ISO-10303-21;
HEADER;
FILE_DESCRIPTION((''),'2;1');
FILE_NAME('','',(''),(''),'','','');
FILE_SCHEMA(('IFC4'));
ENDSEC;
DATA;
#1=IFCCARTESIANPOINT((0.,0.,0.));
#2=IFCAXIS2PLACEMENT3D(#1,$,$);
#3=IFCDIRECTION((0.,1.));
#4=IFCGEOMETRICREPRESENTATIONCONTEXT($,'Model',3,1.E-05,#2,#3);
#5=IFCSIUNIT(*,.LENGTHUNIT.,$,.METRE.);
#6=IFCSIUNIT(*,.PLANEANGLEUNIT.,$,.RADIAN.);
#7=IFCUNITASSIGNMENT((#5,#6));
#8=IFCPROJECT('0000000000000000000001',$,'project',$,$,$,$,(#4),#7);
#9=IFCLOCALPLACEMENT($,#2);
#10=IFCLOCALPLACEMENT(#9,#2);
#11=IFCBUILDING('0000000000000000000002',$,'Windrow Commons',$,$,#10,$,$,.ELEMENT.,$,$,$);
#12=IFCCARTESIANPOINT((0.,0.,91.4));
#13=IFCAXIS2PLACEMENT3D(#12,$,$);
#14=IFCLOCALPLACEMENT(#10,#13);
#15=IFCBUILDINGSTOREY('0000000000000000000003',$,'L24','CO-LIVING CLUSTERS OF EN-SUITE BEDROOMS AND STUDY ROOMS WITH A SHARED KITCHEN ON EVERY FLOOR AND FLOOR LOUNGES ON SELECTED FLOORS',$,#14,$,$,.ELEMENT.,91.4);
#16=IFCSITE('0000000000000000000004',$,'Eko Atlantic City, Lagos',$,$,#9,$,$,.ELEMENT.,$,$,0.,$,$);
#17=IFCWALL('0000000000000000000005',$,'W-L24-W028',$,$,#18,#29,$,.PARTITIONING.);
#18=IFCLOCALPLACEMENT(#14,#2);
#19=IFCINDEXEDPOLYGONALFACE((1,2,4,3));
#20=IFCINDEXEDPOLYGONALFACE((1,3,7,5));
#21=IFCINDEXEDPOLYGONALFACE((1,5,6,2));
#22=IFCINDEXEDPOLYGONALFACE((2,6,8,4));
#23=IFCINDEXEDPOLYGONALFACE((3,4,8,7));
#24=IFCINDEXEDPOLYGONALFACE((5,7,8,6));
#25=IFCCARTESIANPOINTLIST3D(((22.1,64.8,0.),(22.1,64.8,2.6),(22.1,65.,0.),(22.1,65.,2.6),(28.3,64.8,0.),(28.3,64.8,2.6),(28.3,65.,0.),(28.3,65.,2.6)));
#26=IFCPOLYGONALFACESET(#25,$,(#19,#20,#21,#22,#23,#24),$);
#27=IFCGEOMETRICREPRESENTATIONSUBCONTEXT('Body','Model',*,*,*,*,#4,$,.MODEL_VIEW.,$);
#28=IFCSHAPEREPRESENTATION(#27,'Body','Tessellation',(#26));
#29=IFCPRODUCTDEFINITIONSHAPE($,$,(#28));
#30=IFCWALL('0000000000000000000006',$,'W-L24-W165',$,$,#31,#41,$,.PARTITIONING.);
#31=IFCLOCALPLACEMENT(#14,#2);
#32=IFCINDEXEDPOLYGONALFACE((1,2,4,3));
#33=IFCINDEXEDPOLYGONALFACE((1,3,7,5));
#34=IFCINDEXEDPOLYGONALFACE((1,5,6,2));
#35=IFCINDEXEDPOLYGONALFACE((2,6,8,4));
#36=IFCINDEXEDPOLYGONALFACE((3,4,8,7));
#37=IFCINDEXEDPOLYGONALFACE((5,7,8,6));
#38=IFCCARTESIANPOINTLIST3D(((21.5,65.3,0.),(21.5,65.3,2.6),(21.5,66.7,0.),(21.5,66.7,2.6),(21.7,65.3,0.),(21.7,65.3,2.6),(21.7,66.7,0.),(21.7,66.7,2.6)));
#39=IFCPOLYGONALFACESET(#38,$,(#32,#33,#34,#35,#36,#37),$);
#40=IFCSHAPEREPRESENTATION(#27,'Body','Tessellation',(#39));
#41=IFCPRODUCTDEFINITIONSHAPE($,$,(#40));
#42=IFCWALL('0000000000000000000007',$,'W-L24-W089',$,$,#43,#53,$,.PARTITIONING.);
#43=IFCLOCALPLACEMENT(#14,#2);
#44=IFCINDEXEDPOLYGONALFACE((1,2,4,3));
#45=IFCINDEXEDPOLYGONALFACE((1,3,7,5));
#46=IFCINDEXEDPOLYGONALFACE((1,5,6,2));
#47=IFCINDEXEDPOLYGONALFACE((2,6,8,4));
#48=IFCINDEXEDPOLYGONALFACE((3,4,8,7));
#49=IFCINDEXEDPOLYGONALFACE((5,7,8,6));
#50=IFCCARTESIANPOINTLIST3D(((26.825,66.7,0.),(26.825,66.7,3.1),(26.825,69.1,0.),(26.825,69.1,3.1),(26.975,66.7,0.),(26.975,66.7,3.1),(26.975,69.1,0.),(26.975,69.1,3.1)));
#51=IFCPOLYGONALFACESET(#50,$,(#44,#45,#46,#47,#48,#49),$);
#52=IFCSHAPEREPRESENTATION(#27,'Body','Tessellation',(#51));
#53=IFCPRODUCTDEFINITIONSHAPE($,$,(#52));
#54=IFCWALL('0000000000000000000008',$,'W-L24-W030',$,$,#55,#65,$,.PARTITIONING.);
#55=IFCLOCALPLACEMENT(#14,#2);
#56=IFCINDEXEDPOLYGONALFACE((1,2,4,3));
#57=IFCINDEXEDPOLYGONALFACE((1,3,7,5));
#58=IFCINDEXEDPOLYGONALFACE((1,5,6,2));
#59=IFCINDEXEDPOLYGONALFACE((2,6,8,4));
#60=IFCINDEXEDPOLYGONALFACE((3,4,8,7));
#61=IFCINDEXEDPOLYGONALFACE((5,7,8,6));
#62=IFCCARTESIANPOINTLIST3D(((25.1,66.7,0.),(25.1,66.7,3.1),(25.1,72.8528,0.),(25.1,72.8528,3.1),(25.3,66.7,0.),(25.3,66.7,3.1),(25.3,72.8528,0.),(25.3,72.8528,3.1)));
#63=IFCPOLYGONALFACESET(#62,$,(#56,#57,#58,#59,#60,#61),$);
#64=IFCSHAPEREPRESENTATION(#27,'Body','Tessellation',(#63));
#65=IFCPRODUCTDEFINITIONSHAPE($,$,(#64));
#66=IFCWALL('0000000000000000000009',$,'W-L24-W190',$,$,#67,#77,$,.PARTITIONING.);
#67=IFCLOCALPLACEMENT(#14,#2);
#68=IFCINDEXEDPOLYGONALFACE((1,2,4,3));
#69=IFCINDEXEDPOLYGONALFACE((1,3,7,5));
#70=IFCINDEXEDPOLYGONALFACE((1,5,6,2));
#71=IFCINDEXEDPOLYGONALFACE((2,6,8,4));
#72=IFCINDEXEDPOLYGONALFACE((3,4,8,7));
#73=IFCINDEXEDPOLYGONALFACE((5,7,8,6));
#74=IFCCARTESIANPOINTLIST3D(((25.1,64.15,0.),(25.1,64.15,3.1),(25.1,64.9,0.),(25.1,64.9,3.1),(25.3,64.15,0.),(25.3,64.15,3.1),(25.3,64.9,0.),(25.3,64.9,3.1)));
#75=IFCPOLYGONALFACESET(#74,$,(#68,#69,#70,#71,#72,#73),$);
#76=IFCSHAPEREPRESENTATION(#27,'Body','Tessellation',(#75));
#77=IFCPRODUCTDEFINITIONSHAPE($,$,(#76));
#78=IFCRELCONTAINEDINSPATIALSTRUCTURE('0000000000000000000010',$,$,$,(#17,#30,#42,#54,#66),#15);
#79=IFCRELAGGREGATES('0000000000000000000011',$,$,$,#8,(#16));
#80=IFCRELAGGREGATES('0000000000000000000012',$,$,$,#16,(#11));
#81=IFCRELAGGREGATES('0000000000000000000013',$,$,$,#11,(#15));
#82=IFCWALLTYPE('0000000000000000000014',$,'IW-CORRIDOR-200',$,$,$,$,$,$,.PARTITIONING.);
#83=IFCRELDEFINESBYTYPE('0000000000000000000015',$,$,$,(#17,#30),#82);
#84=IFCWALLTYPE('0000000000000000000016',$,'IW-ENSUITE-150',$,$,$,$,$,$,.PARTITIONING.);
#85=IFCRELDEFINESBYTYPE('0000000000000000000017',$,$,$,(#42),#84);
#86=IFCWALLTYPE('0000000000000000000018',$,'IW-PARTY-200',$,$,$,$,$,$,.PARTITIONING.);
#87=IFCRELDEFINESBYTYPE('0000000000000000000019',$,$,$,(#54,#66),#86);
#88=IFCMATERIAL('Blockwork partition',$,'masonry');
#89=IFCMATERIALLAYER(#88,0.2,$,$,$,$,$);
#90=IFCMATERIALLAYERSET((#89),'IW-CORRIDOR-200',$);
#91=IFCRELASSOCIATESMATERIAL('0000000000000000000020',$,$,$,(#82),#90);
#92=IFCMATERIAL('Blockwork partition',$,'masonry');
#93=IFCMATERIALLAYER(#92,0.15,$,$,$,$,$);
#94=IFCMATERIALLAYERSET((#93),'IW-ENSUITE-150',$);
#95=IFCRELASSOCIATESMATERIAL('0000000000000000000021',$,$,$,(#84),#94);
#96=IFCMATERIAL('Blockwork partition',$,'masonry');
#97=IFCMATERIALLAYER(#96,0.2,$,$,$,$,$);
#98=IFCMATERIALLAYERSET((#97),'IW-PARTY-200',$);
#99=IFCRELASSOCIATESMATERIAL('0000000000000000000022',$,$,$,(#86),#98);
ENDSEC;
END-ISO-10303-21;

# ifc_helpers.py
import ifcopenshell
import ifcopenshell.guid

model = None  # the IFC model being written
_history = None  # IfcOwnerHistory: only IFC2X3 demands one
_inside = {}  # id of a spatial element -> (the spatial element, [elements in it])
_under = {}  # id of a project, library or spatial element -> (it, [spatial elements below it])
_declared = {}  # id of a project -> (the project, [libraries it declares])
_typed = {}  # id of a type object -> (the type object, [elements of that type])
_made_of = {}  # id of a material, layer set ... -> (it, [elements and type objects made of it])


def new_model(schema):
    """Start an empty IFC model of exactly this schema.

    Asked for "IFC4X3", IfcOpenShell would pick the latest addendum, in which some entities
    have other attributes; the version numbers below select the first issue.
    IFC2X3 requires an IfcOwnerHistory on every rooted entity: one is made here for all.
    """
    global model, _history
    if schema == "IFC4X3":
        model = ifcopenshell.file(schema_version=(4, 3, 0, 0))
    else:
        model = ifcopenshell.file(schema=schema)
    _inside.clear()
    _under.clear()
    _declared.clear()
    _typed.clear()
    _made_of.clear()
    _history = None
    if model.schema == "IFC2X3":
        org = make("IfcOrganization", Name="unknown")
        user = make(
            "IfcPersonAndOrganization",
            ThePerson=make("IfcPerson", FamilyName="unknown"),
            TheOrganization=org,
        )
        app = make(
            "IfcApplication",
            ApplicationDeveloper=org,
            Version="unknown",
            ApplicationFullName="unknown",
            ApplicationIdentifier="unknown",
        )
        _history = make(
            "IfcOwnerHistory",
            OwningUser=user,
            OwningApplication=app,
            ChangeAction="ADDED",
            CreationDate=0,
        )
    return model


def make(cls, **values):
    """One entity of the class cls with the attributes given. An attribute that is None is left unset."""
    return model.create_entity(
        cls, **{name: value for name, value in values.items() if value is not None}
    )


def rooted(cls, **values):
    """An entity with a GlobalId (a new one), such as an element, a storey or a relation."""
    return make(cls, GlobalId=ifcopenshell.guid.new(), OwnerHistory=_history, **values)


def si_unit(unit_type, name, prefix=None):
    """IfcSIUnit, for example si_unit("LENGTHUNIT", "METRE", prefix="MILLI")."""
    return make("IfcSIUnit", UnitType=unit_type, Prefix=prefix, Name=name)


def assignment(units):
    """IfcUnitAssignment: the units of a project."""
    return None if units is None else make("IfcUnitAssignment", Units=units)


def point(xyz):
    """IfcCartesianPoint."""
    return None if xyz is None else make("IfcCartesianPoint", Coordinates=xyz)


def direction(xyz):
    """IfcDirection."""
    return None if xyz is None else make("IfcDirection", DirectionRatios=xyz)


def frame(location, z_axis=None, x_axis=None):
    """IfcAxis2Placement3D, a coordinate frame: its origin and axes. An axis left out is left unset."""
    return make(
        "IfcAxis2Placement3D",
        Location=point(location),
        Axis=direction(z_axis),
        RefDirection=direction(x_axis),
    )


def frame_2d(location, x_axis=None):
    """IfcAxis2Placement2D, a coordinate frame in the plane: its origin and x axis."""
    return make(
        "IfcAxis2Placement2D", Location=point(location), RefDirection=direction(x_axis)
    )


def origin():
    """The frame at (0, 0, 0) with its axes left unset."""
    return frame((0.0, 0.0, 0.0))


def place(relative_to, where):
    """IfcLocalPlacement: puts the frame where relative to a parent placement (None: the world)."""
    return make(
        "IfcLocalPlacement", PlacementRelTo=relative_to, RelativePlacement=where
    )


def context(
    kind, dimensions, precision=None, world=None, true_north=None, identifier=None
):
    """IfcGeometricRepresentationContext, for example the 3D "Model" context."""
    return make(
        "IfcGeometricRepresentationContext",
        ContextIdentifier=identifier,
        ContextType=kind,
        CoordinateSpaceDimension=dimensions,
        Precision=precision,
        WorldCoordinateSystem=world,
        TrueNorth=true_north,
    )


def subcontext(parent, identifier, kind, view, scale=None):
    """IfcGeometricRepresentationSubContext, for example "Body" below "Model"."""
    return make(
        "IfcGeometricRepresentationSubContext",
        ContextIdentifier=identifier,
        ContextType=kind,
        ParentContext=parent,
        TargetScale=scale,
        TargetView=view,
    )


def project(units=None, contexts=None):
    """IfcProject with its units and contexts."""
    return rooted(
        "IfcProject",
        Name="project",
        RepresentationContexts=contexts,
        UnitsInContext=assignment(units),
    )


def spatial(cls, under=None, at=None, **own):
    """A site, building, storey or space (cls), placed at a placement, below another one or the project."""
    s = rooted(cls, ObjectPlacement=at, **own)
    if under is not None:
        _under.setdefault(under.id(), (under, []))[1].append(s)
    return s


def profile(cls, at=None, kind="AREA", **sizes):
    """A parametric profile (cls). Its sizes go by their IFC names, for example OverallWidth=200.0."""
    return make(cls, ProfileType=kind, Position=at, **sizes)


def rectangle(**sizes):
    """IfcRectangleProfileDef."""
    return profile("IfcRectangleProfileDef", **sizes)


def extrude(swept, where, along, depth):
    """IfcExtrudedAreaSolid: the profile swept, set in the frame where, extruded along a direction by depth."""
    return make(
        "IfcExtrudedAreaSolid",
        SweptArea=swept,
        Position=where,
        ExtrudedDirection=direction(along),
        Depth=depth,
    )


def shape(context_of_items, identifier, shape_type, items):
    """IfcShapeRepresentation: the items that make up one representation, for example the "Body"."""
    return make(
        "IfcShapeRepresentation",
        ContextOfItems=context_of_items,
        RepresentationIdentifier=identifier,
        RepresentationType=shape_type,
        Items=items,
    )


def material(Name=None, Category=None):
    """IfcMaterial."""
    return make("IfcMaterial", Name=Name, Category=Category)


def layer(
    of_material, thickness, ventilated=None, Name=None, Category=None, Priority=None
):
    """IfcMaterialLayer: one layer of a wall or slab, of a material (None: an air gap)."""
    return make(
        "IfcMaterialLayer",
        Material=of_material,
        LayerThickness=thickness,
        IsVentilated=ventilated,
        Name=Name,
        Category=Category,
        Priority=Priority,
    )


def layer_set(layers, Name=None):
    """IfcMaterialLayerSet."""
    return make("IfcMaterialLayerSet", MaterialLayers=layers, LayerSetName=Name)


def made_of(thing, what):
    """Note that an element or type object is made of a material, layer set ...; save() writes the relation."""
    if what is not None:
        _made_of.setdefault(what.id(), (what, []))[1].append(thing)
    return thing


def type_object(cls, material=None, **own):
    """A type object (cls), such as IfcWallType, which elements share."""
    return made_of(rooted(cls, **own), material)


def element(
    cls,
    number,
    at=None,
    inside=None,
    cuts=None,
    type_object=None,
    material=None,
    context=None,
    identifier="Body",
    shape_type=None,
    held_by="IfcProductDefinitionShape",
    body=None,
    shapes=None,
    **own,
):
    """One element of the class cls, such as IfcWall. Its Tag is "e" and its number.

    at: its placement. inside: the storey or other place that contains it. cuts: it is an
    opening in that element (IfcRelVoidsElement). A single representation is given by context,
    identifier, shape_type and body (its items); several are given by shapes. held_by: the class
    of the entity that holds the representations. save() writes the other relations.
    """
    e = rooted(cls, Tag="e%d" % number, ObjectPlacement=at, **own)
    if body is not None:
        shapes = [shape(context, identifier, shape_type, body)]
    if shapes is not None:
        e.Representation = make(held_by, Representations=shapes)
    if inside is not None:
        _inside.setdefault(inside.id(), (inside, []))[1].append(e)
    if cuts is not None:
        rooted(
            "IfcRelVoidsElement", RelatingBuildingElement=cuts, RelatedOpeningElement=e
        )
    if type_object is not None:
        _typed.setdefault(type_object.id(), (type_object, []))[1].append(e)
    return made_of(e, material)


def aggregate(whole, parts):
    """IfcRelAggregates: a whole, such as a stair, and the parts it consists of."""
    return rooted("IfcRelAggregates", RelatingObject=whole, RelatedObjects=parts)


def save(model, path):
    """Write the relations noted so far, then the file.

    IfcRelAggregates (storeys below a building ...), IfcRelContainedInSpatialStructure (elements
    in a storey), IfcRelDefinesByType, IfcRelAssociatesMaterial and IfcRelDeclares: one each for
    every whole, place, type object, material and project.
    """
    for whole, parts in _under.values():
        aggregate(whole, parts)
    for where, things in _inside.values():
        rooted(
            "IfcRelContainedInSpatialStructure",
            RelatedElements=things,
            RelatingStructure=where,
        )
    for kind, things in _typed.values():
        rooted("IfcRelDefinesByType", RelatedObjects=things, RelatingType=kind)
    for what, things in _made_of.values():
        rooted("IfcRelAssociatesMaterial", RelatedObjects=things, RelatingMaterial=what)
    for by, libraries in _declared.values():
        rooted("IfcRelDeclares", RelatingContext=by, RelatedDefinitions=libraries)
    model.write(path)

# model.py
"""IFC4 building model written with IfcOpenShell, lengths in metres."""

from ifc_helpers import new_model, si_unit, direction, frame, frame_2d, origin, place, context, subcontext, project, spatial, rectangle, extrude, material, layer, layer_set, type_object, element, save


model = new_model("IFC4")

# Units and contexts
model_context = context("Model", 3, precision=1e-05, world=origin(), true_north=direction((0.0, 1.0)))
body_context = subcontext(model_context, "Body", "Model", "MODEL_VIEW")
ifc_project = project(units=[si_unit("LENGTHUNIT", "METRE"), si_unit("PLANEANGLEUNIT", "RADIAN")], contexts=[model_context])

# Site, building, storey
site_placement = place(None, origin())
site = spatial("IfcSite", under=ifc_project, at=site_placement, Name="Eko Atlantic City, Lagos", CompositionType="ELEMENT", RefElevation=0.0)
building_placement = place(site_placement, origin())
building = spatial("IfcBuilding", under=site, at=building_placement, Name="Windrow Commons", CompositionType="ELEMENT")
storey_placement = place(building_placement, frame((0.0, 0.0, 91.4)))
storey = spatial("IfcBuildingStorey", under=building, at=storey_placement, Name="L24", Description="CO-LIVING CLUSTERS OF EN-SUITE BEDROOMS AND STUDY ROOMS WITH A SHARED KITCHEN ON EVERY FLOOR AND FLOOR LOUNGES ON SELECTED FLOORS", CompositionType="ELEMENT", Elevation=91.4)

# Shared definitions
ifc_material_1 = material(Name="Blockwork partition", Category="masonry")
ifc_layer_1 = layer(ifc_material_1, 0.2)
ifc_layer_set_1 = layer_set([ifc_layer_1], Name="IW-CORRIDOR-200")
wall_type_1 = type_object("IfcWallType", Name="IW-CORRIDOR-200", PredefinedType="PARTITIONING", material=ifc_layer_set_1)

# Walls
wall_1_placement = place(storey_placement, frame((22.1, 64.9, 0.0), z_axis=(0.0, 0.0, 1.0), x_axis=(1.0, 0.0, 0.0)))
element("IfcWall", 1, at=wall_1_placement, inside=storey, type_object=wall_type_1, Name="W-L24-W028", PredefinedType="PARTITIONING", context=body_context, shape_type="SweptSolid", body=[
    extrude(rectangle(XDim=6.2, YDim=0.2, at=frame_2d((3.1, 0.0))), origin(), (0.0, 0.0, 1.0), 2.6),
])
wall_2_placement = place(storey_placement, frame((21.6, 65.3, 0.0), z_axis=(0.0, 0.0, 1.0), x_axis=(0.0, 1.0, 0.0)))
element("IfcWall", 2, at=wall_2_placement, inside=storey, type_object=wall_type_1, Name="W-L24-W165", PredefinedType="PARTITIONING", context=body_context, shape_type="SweptSolid", body=[
    extrude(rectangle(XDim=1.4, YDim=0.2, at=frame_2d((0.7, 0.0))), origin(), (0.0, 0.0, 1.0), 2.6),
])
ifc_material_2 = material(Name="Blockwork partition", Category="masonry")
ifc_layer_2 = layer(ifc_material_2, 0.15)
ifc_layer_set_2 = layer_set([ifc_layer_2], Name="IW-ENSUITE-150")
wall_type_2 = type_object("IfcWallType", Name="IW-ENSUITE-150", PredefinedType="PARTITIONING", material=ifc_layer_set_2)
wall_3_placement = place(storey_placement, frame((26.9, 66.7, 0.0), z_axis=(0.0, 0.0, 1.0), x_axis=(0.0, 1.0, 0.0)))
element("IfcWall", 3, at=wall_3_placement, inside=storey, type_object=wall_type_2, Name="W-L24-W089", PredefinedType="PARTITIONING", context=body_context, shape_type="SweptSolid", body=[
    extrude(rectangle(XDim=2.4, YDim=0.15, at=frame_2d((1.2, 0.0))), origin(), (0.0, 0.0, 1.0), 3.1),
])
ifc_material_3 = material(Name="Blockwork partition", Category="masonry")
ifc_layer_3 = layer(ifc_material_3, 0.2)
ifc_layer_set_3 = layer_set([ifc_layer_3], Name="IW-PARTY-200")
wall_type_3 = type_object("IfcWallType", Name="IW-PARTY-200", PredefinedType="PARTITIONING", material=ifc_layer_set_3)
wall_4_placement = place(storey_placement, frame((25.2, 66.7, 0.0), z_axis=(0.0, 0.0, 1.0), x_axis=(0.0, 1.0, 0.0)))
element("IfcWall", 4, at=wall_4_placement, inside=storey, type_object=wall_type_3, Name="W-L24-W030", PredefinedType="PARTITIONING", context=body_context, shape_type="SweptSolid", body=[
    extrude(rectangle(XDim=6.1529, YDim=0.2, at=frame_2d((3.0764, 0.0))), origin(), (0.0, 0.0, 1.0), 3.1),
])
wall_5_placement = place(storey_placement, frame((25.2, 64.15, 0.0), z_axis=(0.0, 0.0, 1.0), x_axis=(0.0, 1.0, 0.0)))
element("IfcWall", 5, at=wall_5_placement, inside=storey, type_object=wall_type_3, Name="W-L24-W190", PredefinedType="PARTITIONING", context=body_context, shape_type="SweptSolid", body=[
    extrude(rectangle(XDim=0.75, YDim=0.2, at=frame_2d((0.375, 0.0))), origin(), (0.0, 0.0, 1.0), 3.1),
])

save(model, "model.ifc")
